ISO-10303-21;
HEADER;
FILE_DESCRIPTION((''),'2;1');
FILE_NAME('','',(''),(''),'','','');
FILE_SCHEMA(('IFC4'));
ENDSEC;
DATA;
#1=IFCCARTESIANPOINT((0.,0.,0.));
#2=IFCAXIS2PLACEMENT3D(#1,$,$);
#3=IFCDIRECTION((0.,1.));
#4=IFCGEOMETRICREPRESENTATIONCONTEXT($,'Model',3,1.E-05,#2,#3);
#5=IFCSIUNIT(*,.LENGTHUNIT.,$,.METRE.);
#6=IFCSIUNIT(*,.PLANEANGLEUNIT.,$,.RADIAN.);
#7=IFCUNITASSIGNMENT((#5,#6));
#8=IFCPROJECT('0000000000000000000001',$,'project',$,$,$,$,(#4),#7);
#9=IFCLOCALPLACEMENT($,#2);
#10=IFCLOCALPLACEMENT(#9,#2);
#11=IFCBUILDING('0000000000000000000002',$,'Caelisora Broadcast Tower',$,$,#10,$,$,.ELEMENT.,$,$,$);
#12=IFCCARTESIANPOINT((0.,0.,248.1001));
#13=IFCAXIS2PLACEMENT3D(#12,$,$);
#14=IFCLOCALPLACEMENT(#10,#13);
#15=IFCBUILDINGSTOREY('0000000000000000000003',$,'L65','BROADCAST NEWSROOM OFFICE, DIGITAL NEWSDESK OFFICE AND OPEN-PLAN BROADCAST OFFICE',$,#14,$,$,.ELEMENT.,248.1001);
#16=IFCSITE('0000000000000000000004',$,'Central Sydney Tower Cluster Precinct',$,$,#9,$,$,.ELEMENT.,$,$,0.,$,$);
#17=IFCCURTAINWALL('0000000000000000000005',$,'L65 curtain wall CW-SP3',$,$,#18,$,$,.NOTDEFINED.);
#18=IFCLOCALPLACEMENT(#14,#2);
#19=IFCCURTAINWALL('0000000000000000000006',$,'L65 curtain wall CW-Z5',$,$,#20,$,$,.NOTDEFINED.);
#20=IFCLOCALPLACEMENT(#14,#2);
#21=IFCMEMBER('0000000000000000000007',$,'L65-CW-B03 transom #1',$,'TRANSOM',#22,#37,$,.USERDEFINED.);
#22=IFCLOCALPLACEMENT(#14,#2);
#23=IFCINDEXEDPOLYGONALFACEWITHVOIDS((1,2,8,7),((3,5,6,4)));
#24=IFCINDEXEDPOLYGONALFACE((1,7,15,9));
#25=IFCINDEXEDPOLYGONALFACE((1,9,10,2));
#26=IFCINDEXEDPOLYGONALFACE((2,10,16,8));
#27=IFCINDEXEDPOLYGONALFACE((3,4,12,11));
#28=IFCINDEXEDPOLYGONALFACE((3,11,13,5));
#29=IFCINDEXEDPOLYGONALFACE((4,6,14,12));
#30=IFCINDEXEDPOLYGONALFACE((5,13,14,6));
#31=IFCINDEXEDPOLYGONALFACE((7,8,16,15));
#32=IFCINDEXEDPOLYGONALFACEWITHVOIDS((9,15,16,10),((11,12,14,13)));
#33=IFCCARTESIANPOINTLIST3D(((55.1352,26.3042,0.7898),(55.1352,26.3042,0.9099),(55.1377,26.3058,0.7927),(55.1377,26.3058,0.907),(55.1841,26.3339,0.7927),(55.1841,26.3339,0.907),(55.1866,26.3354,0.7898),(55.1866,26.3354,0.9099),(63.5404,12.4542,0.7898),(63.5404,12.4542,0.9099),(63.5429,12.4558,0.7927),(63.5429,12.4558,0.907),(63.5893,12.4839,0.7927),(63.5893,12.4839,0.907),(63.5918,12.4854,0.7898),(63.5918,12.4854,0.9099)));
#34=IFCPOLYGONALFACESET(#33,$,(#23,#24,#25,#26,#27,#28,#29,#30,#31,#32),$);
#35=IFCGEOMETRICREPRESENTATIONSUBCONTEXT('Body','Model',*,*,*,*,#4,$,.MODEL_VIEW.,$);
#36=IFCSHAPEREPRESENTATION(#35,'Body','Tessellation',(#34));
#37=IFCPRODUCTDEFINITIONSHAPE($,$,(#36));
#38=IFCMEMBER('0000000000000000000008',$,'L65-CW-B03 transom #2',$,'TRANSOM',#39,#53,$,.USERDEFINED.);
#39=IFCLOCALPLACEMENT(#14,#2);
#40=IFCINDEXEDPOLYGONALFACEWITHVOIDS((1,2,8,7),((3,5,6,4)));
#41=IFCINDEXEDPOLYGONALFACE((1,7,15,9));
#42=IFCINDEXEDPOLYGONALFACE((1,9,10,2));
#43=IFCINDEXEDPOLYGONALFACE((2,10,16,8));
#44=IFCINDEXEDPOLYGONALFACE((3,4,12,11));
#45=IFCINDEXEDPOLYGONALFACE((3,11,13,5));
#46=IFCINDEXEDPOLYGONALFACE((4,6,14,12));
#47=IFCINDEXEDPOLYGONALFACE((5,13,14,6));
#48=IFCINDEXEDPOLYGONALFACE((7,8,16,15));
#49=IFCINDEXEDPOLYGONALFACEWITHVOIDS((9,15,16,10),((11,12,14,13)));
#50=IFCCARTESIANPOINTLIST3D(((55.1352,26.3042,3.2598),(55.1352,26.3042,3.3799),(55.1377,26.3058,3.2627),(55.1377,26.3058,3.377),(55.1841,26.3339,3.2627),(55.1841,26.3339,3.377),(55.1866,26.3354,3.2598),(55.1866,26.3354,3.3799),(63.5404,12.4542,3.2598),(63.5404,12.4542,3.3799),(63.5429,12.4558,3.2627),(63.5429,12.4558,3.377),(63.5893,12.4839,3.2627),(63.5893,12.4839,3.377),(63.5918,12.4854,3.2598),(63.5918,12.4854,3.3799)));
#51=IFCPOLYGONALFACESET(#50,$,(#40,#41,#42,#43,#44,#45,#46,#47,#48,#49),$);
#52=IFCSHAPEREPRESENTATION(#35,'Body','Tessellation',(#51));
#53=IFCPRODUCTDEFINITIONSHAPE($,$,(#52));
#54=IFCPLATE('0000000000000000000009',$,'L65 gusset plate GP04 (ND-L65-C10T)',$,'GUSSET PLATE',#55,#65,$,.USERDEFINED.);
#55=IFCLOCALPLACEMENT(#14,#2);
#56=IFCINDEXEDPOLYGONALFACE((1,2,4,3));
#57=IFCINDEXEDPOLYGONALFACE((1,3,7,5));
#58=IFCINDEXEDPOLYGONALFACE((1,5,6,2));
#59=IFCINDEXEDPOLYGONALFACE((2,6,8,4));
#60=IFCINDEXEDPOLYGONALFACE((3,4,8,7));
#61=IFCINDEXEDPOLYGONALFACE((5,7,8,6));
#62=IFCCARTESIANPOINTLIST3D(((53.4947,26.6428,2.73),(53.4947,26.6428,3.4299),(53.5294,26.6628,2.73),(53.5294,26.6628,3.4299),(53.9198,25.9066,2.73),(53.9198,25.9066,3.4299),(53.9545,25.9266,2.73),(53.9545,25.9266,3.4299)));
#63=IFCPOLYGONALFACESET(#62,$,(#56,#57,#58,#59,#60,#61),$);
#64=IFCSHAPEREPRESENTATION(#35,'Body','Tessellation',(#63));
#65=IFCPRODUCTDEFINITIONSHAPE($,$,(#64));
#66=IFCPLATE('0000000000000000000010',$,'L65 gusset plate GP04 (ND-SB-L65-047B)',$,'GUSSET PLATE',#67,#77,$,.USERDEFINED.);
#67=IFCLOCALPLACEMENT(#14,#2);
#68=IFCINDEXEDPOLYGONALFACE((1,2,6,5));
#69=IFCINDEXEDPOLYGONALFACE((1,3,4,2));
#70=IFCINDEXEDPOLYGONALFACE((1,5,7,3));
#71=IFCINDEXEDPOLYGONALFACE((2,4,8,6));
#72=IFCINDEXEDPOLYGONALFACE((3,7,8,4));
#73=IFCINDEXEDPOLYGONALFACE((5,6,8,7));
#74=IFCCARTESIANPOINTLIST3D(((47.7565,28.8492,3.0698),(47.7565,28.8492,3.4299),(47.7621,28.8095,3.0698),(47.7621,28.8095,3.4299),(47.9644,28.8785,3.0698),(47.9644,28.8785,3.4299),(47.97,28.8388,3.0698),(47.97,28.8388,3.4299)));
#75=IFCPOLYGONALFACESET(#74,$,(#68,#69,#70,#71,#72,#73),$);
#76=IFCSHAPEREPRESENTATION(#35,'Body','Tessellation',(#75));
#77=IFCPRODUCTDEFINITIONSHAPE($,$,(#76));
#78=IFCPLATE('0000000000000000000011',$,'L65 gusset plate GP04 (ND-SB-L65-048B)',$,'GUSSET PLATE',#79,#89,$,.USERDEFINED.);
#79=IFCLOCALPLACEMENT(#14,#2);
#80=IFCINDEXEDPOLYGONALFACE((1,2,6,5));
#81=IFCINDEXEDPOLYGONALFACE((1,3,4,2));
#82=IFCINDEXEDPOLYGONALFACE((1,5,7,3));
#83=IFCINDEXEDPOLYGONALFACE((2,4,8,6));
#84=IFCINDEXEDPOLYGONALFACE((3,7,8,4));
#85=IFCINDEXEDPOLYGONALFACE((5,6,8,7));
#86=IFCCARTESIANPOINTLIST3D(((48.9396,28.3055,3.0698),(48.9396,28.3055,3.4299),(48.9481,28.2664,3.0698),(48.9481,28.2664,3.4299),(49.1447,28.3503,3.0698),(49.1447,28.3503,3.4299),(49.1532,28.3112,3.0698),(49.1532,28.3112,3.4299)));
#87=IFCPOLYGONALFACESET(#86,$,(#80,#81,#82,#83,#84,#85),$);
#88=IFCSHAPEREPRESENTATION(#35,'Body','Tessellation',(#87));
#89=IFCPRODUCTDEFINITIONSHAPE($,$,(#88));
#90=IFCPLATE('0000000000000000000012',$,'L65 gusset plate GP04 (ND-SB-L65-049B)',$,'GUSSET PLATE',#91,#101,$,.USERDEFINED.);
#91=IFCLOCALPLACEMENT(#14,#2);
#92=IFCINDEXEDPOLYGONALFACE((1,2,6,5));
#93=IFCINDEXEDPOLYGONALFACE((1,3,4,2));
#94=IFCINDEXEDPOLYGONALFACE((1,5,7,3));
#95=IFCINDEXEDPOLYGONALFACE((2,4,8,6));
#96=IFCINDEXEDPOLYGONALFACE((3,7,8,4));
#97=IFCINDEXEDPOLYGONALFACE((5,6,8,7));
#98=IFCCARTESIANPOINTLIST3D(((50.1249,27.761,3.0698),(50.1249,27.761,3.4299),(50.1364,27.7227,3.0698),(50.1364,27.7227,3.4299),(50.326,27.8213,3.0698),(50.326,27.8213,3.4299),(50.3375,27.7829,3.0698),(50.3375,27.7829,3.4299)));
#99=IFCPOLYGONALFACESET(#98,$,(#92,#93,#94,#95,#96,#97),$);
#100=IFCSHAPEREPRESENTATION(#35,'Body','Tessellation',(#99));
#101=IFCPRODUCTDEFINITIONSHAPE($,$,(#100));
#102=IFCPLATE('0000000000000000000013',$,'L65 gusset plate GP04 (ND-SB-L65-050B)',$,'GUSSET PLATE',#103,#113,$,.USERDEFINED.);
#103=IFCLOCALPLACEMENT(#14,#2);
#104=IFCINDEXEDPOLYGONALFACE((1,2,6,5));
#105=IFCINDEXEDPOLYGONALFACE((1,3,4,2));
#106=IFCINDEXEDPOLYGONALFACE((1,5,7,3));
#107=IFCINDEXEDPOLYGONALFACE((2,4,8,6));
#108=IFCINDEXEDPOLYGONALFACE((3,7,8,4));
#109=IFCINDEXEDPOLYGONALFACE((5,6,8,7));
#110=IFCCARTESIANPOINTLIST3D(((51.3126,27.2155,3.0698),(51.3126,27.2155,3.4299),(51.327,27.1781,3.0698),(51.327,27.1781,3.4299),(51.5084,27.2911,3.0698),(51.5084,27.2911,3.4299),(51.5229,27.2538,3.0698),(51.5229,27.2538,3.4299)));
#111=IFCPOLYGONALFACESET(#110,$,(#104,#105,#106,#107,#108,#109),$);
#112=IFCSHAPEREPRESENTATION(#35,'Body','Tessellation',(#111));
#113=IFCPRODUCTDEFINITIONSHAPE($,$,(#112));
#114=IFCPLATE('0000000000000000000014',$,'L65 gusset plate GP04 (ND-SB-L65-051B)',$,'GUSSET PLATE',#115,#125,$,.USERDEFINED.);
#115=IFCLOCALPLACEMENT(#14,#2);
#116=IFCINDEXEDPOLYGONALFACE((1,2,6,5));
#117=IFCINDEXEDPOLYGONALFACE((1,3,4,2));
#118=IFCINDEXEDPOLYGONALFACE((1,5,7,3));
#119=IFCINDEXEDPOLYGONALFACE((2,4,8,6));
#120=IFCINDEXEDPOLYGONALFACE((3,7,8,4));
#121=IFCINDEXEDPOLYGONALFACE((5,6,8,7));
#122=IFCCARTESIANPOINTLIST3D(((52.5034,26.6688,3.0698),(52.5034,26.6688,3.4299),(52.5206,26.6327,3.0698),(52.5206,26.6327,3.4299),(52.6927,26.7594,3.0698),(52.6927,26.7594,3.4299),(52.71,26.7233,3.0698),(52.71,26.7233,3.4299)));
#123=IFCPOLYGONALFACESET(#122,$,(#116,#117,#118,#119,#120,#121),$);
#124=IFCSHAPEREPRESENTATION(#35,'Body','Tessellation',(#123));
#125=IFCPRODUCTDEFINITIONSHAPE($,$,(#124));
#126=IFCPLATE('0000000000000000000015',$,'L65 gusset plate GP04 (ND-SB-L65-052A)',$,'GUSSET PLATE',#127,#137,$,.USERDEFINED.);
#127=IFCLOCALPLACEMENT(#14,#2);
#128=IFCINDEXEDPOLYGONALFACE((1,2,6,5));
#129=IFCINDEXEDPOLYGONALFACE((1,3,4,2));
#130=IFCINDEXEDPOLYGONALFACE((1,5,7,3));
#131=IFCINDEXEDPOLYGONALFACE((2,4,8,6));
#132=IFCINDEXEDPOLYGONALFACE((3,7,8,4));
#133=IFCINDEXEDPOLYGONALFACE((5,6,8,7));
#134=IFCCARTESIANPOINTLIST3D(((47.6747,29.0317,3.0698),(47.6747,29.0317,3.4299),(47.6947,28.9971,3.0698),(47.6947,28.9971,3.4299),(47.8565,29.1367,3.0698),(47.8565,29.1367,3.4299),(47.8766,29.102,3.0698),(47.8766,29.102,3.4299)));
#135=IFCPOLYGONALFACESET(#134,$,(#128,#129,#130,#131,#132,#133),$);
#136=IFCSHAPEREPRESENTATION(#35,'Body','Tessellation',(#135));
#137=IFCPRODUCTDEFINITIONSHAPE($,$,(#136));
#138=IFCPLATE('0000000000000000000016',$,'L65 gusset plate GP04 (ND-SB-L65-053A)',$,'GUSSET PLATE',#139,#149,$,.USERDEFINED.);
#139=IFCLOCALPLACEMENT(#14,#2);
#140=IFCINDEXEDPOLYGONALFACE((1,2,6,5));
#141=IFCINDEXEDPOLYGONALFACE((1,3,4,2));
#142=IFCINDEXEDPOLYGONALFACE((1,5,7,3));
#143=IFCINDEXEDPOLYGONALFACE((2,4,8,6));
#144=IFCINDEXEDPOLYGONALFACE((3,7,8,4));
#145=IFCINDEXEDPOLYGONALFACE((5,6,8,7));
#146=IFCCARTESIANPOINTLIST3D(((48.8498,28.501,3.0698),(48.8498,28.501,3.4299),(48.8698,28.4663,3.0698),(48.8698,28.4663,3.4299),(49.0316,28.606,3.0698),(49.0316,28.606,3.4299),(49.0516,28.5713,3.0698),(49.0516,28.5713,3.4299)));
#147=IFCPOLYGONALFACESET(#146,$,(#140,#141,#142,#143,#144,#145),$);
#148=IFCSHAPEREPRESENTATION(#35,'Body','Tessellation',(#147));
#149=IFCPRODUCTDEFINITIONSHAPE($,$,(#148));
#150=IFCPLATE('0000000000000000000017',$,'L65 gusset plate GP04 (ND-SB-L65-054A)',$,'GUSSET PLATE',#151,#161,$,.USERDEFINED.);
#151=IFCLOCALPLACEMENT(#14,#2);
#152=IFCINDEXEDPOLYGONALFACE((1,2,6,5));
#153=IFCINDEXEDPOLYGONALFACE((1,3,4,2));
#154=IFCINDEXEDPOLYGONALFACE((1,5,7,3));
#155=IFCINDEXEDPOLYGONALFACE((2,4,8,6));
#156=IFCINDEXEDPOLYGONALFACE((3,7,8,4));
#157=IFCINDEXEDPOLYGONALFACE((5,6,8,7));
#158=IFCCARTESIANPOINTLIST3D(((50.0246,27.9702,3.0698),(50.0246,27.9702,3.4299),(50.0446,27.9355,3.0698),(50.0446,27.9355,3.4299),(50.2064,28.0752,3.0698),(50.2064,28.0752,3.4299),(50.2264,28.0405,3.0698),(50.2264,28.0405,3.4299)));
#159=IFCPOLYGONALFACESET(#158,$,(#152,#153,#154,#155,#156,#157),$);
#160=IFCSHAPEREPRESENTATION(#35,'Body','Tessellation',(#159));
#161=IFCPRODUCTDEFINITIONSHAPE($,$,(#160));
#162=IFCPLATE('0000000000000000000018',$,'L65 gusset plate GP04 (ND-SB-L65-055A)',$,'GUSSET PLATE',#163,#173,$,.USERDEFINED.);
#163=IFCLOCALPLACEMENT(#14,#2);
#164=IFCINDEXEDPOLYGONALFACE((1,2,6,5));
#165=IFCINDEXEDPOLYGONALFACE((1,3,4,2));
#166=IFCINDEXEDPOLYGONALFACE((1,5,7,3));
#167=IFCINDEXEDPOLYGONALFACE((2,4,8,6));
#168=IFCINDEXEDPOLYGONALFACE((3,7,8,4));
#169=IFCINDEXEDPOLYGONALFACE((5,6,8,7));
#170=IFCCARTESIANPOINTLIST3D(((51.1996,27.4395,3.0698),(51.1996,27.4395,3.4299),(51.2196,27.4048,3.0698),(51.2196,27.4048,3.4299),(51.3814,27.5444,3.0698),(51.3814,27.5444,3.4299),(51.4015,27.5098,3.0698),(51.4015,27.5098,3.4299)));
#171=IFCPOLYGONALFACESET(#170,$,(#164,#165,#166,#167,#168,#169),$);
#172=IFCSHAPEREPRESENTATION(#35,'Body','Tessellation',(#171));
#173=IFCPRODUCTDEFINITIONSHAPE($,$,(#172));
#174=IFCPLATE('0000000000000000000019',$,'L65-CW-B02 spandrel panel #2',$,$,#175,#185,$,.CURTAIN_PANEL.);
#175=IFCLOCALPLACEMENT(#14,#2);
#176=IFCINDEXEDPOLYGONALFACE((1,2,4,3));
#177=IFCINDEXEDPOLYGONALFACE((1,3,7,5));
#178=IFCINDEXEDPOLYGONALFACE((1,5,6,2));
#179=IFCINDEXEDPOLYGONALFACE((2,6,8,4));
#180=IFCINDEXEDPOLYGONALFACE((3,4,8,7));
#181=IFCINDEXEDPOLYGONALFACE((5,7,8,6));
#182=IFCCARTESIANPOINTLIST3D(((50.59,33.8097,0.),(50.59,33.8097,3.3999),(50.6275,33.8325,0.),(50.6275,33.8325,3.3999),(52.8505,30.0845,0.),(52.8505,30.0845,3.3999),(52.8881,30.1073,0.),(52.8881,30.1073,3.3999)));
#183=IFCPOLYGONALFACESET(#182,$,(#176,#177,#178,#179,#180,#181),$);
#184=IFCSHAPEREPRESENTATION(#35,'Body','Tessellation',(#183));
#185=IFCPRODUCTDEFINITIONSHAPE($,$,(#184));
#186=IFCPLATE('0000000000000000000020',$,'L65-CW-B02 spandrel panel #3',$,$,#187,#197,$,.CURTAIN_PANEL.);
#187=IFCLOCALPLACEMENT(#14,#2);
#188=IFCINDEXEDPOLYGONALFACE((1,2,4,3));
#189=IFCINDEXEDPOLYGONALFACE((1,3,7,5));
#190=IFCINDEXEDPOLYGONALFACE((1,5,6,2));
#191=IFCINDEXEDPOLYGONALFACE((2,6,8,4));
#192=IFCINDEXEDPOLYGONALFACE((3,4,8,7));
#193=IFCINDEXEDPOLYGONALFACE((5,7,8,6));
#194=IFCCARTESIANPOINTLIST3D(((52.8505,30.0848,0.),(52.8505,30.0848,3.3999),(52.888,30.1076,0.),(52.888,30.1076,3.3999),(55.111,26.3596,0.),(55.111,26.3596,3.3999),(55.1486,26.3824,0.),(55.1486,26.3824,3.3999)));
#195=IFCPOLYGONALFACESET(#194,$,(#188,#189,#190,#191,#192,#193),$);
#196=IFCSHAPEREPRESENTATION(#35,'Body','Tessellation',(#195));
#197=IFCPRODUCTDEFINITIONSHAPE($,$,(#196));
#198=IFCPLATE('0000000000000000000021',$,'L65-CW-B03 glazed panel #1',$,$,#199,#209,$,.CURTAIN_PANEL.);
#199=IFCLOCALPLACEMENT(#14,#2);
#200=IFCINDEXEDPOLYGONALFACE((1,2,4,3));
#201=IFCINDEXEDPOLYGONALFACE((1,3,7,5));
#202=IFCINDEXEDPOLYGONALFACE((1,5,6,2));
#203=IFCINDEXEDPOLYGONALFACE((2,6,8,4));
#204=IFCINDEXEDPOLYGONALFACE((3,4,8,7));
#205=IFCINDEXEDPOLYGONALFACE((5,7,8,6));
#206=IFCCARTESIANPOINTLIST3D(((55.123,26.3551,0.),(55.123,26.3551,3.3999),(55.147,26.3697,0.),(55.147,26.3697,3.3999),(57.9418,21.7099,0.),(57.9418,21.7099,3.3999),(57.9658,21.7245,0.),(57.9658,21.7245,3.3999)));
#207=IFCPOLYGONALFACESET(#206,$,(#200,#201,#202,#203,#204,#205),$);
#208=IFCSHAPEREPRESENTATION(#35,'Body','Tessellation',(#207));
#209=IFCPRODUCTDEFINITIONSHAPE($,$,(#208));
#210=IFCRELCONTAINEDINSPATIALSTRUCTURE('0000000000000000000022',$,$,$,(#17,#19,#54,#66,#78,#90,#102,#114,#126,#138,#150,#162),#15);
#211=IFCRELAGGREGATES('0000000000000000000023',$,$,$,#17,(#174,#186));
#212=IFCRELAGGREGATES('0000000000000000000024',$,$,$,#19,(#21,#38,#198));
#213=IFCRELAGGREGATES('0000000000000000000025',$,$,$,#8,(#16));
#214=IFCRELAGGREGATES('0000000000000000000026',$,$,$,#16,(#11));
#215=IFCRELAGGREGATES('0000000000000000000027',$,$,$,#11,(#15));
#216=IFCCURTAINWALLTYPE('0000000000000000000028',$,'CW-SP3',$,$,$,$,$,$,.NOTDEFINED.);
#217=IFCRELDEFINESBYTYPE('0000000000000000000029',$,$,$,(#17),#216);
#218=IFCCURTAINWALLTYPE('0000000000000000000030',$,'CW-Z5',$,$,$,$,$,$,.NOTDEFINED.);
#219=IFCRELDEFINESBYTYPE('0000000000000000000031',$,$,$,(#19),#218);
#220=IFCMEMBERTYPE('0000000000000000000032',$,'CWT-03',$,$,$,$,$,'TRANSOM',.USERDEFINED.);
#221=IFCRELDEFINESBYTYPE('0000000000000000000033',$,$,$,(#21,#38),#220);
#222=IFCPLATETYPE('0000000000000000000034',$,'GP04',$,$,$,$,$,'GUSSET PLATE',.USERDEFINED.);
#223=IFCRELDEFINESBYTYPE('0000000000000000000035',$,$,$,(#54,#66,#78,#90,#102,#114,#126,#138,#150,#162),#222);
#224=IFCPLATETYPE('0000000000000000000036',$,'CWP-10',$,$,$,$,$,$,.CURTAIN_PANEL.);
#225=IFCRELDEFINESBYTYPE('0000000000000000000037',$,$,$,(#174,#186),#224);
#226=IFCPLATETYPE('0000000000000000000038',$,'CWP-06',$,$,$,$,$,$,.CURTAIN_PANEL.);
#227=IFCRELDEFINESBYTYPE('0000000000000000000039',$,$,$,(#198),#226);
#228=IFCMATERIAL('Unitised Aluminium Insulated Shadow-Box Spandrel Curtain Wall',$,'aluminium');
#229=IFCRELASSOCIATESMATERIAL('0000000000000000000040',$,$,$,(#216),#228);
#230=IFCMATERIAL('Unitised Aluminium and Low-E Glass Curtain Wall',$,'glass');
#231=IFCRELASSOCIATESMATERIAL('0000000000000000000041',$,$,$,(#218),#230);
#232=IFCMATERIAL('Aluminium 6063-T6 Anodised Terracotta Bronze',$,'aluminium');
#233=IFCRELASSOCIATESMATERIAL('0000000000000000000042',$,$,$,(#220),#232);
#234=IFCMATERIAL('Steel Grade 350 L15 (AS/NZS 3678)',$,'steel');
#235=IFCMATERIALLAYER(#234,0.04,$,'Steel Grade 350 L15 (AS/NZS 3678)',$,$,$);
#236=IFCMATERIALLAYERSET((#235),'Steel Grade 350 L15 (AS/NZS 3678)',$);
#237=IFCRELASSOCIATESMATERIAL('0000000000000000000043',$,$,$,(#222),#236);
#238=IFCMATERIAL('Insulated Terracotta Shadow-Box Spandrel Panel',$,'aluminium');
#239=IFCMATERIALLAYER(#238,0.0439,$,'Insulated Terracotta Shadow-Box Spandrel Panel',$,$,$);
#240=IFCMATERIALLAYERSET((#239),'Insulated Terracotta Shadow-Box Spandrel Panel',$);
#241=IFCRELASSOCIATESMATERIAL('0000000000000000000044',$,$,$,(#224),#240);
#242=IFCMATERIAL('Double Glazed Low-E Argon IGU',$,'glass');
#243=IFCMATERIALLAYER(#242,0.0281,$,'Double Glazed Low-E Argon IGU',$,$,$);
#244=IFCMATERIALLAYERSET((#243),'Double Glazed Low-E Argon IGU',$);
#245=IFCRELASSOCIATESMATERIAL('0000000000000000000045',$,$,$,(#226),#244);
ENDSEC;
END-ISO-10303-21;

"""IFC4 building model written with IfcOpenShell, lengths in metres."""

from ifc_helpers import new_model, si_unit, direction, frame, origin, origin_2d, place, context, subcontext, project, spatial, rectangle, hollow_rectangle, extrude, source, transform, mapped, material, layer, layer_set, material_profile, profile_set, type_object, type_shapes, element, aggregate, save


model = new_model("IFC4")

# Units and contexts
model_context = context("Model", 3, precision=1e-05, world=origin(), true_north=direction((0.0, 1.0)))
body_context = subcontext(model_context, "Body", "Model", "MODEL_VIEW")
ifc_project = project(units=[si_unit("LENGTHUNIT", "METRE"), si_unit("PLANEANGLEUNIT", "RADIAN")], contexts=[model_context])

# Site, building, storey
site_placement = place(None, origin())
site = spatial("IfcSite", under=ifc_project, at=site_placement, Name="Central Sydney Tower Cluster Precinct", CompositionType="ELEMENT", RefElevation=0.0)
building_placement = place(site_placement, origin())
building = spatial("IfcBuilding", under=site, at=building_placement, Name="Caelisora Broadcast Tower", CompositionType="ELEMENT")
storey_placement = place(building_placement, frame((0.0, 0.0, 248.1001)))
storey = spatial("IfcBuildingStorey", under=building, at=storey_placement, Name="L65", Description="BROADCAST NEWSROOM OFFICE, DIGITAL NEWSDESK OFFICE AND OPEN-PLAN BROADCAST OFFICE", CompositionType="ELEMENT", Elevation=248.1001)

# Shared definitions
ifc_material_1 = material(Name="Steel Grade 350 L15 (AS/NZS 3678)", Category="steel")

# Curtain walls, members
ifc_material_2 = material(Name="Unitised Aluminium Insulated Shadow-Box Spandrel Curtain Wall", Category="aluminium")
curtain_wall_type_1 = type_object("IfcCurtainWallType", Name="CW-SP3", PredefinedType="NOTDEFINED", material=ifc_material_2)
curtain_wall_1_placement = place(storey_placement, origin())
curtain_wall_1 = element("IfcCurtainWall", 1, at=curtain_wall_1_placement, inside=storey, type_object=curtain_wall_type_1, Name="L65 curtain wall CW-SP3", PredefinedType="NOTDEFINED")
ifc_material_3 = material(Name="Aluminium 6063-T6 Anodised Terracotta Bronze", Category="aluminium")
ifc_material_4 = material(Name="Unitised Aluminium and Low-E Glass Curtain Wall", Category="glass")
curtain_wall_type_2 = type_object("IfcCurtainWallType", Name="CW-Z5", PredefinedType="NOTDEFINED", material=ifc_material_4)
curtain_wall_2_placement = place(storey_placement, origin())
curtain_wall_2 = element("IfcCurtainWall", 2, at=curtain_wall_2_placement, inside=storey, type_object=curtain_wall_type_2, Name="L65 curtain wall CW-Z5", PredefinedType="NOTDEFINED")
ifc_material_profile_1 = material_profile(ifc_material_3, hollow_rectangle(XDim=0.0601, YDim=0.1201, WallThickness=0.0029, at=origin_2d()), Name="Aluminium 6063-T6 Anodised Terracotta Bronze")
ifc_profile_set_1 = profile_set([ifc_material_profile_1], Name="Aluminium 6063-T6 Anodised Terracotta Bronze")
member_type_1 = type_object("IfcMemberType", Name="CWT-03", ElementType="TRANSOM", PredefinedType="USERDEFINED", material=ifc_profile_set_1)
shared_shape_1 = source(origin(), body_context, "Body", "SweptSolid", [
    extrude(hollow_rectangle(XDim=0.0601, YDim=0.1201, WallThickness=0.0029, at=origin_2d()), origin(), (0.0, 0.0, 1.0), 16.2009),
])
type_shapes(member_type_1, [shared_shape_1])
member_1_placement = place(storey_placement, frame((55.1609, 26.3198, 0.8499), z_axis=(0.518811, -0.854889, 0.0), x_axis=(0.854889, 0.518811, 0.0)))
member_1 = element("IfcMember", 3, at=member_1_placement, type_object=member_type_1, Name="L65-CW-B03 transom #1", ObjectType="TRANSOM", PredefinedType="USERDEFINED", context=body_context, shape_type="MappedRepresentation", body=[
    mapped(shared_shape_1, transform((0.0, 0.0, 0.0), scale=1.0)),
])
member_2_placement = place(storey_placement, frame((55.1609, 26.3198, 3.3198), z_axis=(0.518811, -0.854889, 0.0), x_axis=(0.854889, 0.518811, 0.0)))
member_2 = element("IfcMember", 4, at=member_2_placement, type_object=member_type_1, Name="L65-CW-B03 transom #2", ObjectType="TRANSOM", PredefinedType="USERDEFINED", context=body_context, shape_type="MappedRepresentation", body=[
    mapped(shared_shape_1, transform((0.0, 0.0, 0.0), scale=1.0)),
])

# Plates
ifc_layer_1 = layer(ifc_material_1, 0.04, Name="Steel Grade 350 L15 (AS/NZS 3678)")
ifc_layer_set_1 = layer_set([ifc_layer_1], Name="Steel Grade 350 L15 (AS/NZS 3678)")
plate_type_1 = type_object("IfcPlateType", Name="GP04", ElementType="GUSSET PLATE", PredefinedType="USERDEFINED", material=ifc_layer_set_1)
shared_shape_2 = source(origin(), body_context, "Body", "SweptSolid", [
    extrude(rectangle(XDim=0.8501, YDim=0.04, at=origin_2d()), origin(), (0.0, 0.0, 1.0), 0.7),
])
plate_1_placement = place(storey_placement, frame((53.7246, 26.2847, 2.73), z_axis=(0.0, 0.0, 1.0), x_axis=(-0.5, 0.866025, 0.0)))
element("IfcPlate", 5, at=plate_1_placement, inside=storey, type_object=plate_type_1, Name="L65 gusset plate GP04 (ND-L65-C10T)", ObjectType="GUSSET PLATE", PredefinedType="USERDEFINED", context=body_context, shape_type="MappedRepresentation", body=[
    mapped(shared_shape_2, transform((0.0, 0.0, 0.0), scale=1.0)),
])
shared_shape_3 = source(origin(), body_context, "Body", "SweptSolid", [
    extrude(rectangle(XDim=0.21, YDim=0.04, at=origin_2d()), origin(), (0.0, 0.0, 1.0), 0.3601),
])
type_shapes(plate_type_1, [shared_shape_2, shared_shape_3])
for number, where, z_axis, x_axis, name in (
    (6, (47.8633, 28.844, 3.0698), (0.0, 0.0, 1.0), (-0.990195, -0.139692, 0.0), "L65 gusset plate GP04 (ND-SB-L65-047B)"),
    (7, (49.0464, 28.3083, 3.0698), (0.0, 0.0, 1.0), (-0.977046, -0.21303, 0.0), "L65 gusset plate GP04 (ND-SB-L65-048B)"),
    (8, (50.2312, 27.772, 3.0698), (0.0, 0.0, 1.0), (-0.957923, -0.287026, 0.0), "L65 gusset plate GP04 (ND-SB-L65-049B)"),
    (9, (51.4177, 27.2346, 3.0698), (0.0, 0.0, 1.0), (-0.932828, -0.360322, 0.0), "L65 gusset plate GP04 (ND-SB-L65-050B)"),
    (10, (52.6067, 26.696, 3.0698), (0.0, 0.0, 1.0), (-0.901983, -0.431771, 0.0), "L65 gusset plate GP04 (ND-SB-L65-051B)"),
    (11, (47.7756, 29.0669, 3.0698), (0.0, 0.0, 1.0), (-0.866025, -0.5, 0.0), "L65 gusset plate GP04 (ND-SB-L65-052A)"),
    (12, (48.9507, 28.5361, 3.0698), (0.0, 0.0, 1.0), (-0.866025, -0.5, 0.0), "L65 gusset plate GP04 (ND-SB-L65-053A)"),
    (13, (50.1255, 28.0054, 3.0698), (0.0, 0.0, 1.0), (-0.866025, -0.5, 0.0), "L65 gusset plate GP04 (ND-SB-L65-054A)"),
    (14, (51.3005, 27.4746, 3.0698), (0.0, 0.0, 1.0), (-0.866025, -0.5, 0.0), "L65 gusset plate GP04 (ND-SB-L65-055A)"),
):
    element("IfcPlate", number, at=place(storey_placement, frame(where, z_axis=z_axis, x_axis=x_axis)), inside=storey, type_object=plate_type_1, Name=name, ObjectType="GUSSET PLATE", PredefinedType="USERDEFINED", context=body_context, shape_type="MappedRepresentation", body=[
        mapped(shared_shape_3, transform((0.0, 0.0, 0.0), scale=1.0)),
    ])

# Plates
ifc_material_5 = material(Name="Insulated Terracotta Shadow-Box Spandrel Panel", Category="aluminium")
ifc_layer_2 = layer(ifc_material_5, 0.0439, Name="Insulated Terracotta Shadow-Box Spandrel Panel")
ifc_layer_set_2 = layer_set([ifc_layer_2], Name="Insulated Terracotta Shadow-Box Spandrel Panel")
plate_type_2 = type_object("IfcPlateType", Name="CWP-10", PredefinedType="CURTAIN_PANEL", material=ifc_layer_set_2)
shared_shape_4 = source(origin(), body_context, "Body", "SweptSolid", [
    extrude(rectangle(XDim=4.3574, YDim=0.0439, at=origin_2d()), origin(), (0.0, 0.0, 1.0), 3.3999),
])
type_shapes(plate_type_2, [shared_shape_4])
plate_2_placement = place(storey_placement, frame((51.739, 31.9585, 0.0), z_axis=(0.0, 0.0, 1.0), x_axis=(0.518773, -0.854912, 0.0)))
plate_2 = element("IfcPlate", 15, at=plate_2_placement, type_object=plate_type_2, Name="L65-CW-B02 spandrel panel #2", PredefinedType="CURTAIN_PANEL", context=body_context, shape_type="MappedRepresentation", body=[
    mapped(shared_shape_4, transform((0.0, 0.0, 0.0), scale=1.0)),
])
plate_3_placement = place(storey_placement, frame((53.9995, 28.2336, 0.0), z_axis=(0.0, 0.0, 1.0), x_axis=(0.518773, -0.854912, 0.0)))
plate_3 = element("IfcPlate", 16, at=plate_3_placement, type_object=plate_type_2, Name="L65-CW-B02 spandrel panel #3", PredefinedType="CURTAIN_PANEL", context=body_context, shape_type="MappedRepresentation", body=[
    mapped(shared_shape_4, transform((0.0, 0.0, 0.0), scale=1.0)),
])
aggregate(curtain_wall_1, [plate_2, plate_3])
ifc_material_6 = material(Name="Double Glazed Low-E Argon IGU", Category="glass")
ifc_layer_3 = layer(ifc_material_6, 0.0281, Name="Double Glazed Low-E Argon IGU")
ifc_layer_set_3 = layer_set([ifc_layer_3], Name="Double Glazed Low-E Argon IGU")
plate_type_3 = type_object("IfcPlateType", Name="CWP-06", PredefinedType="CURTAIN_PANEL", material=ifc_layer_set_3)
shared_shape_5 = source(origin(), body_context, "Body", "SweptSolid", [
    extrude(rectangle(XDim=5.4336, YDim=0.0281, at=origin_2d()), origin(), (0.0, 0.0, 1.0), 3.3999),
])
type_shapes(plate_type_3, [shared_shape_5])
plate_4_placement = place(storey_placement, frame((56.5444, 24.0398, 0.0), z_axis=(0.0, 0.0, 1.0), x_axis=(0.518773, -0.854912, 0.0)))
plate_4 = element("IfcPlate", 17, at=plate_4_placement, type_object=plate_type_3, Name="L65-CW-B03 glazed panel #1", PredefinedType="CURTAIN_PANEL", context=body_context, shape_type="MappedRepresentation", body=[
    mapped(shared_shape_5, transform((0.0, 0.0, 0.0), scale=1.0)),
])
aggregate(curtain_wall_2, [member_1, member_2, plate_4])

save(model, "model.ifc")
